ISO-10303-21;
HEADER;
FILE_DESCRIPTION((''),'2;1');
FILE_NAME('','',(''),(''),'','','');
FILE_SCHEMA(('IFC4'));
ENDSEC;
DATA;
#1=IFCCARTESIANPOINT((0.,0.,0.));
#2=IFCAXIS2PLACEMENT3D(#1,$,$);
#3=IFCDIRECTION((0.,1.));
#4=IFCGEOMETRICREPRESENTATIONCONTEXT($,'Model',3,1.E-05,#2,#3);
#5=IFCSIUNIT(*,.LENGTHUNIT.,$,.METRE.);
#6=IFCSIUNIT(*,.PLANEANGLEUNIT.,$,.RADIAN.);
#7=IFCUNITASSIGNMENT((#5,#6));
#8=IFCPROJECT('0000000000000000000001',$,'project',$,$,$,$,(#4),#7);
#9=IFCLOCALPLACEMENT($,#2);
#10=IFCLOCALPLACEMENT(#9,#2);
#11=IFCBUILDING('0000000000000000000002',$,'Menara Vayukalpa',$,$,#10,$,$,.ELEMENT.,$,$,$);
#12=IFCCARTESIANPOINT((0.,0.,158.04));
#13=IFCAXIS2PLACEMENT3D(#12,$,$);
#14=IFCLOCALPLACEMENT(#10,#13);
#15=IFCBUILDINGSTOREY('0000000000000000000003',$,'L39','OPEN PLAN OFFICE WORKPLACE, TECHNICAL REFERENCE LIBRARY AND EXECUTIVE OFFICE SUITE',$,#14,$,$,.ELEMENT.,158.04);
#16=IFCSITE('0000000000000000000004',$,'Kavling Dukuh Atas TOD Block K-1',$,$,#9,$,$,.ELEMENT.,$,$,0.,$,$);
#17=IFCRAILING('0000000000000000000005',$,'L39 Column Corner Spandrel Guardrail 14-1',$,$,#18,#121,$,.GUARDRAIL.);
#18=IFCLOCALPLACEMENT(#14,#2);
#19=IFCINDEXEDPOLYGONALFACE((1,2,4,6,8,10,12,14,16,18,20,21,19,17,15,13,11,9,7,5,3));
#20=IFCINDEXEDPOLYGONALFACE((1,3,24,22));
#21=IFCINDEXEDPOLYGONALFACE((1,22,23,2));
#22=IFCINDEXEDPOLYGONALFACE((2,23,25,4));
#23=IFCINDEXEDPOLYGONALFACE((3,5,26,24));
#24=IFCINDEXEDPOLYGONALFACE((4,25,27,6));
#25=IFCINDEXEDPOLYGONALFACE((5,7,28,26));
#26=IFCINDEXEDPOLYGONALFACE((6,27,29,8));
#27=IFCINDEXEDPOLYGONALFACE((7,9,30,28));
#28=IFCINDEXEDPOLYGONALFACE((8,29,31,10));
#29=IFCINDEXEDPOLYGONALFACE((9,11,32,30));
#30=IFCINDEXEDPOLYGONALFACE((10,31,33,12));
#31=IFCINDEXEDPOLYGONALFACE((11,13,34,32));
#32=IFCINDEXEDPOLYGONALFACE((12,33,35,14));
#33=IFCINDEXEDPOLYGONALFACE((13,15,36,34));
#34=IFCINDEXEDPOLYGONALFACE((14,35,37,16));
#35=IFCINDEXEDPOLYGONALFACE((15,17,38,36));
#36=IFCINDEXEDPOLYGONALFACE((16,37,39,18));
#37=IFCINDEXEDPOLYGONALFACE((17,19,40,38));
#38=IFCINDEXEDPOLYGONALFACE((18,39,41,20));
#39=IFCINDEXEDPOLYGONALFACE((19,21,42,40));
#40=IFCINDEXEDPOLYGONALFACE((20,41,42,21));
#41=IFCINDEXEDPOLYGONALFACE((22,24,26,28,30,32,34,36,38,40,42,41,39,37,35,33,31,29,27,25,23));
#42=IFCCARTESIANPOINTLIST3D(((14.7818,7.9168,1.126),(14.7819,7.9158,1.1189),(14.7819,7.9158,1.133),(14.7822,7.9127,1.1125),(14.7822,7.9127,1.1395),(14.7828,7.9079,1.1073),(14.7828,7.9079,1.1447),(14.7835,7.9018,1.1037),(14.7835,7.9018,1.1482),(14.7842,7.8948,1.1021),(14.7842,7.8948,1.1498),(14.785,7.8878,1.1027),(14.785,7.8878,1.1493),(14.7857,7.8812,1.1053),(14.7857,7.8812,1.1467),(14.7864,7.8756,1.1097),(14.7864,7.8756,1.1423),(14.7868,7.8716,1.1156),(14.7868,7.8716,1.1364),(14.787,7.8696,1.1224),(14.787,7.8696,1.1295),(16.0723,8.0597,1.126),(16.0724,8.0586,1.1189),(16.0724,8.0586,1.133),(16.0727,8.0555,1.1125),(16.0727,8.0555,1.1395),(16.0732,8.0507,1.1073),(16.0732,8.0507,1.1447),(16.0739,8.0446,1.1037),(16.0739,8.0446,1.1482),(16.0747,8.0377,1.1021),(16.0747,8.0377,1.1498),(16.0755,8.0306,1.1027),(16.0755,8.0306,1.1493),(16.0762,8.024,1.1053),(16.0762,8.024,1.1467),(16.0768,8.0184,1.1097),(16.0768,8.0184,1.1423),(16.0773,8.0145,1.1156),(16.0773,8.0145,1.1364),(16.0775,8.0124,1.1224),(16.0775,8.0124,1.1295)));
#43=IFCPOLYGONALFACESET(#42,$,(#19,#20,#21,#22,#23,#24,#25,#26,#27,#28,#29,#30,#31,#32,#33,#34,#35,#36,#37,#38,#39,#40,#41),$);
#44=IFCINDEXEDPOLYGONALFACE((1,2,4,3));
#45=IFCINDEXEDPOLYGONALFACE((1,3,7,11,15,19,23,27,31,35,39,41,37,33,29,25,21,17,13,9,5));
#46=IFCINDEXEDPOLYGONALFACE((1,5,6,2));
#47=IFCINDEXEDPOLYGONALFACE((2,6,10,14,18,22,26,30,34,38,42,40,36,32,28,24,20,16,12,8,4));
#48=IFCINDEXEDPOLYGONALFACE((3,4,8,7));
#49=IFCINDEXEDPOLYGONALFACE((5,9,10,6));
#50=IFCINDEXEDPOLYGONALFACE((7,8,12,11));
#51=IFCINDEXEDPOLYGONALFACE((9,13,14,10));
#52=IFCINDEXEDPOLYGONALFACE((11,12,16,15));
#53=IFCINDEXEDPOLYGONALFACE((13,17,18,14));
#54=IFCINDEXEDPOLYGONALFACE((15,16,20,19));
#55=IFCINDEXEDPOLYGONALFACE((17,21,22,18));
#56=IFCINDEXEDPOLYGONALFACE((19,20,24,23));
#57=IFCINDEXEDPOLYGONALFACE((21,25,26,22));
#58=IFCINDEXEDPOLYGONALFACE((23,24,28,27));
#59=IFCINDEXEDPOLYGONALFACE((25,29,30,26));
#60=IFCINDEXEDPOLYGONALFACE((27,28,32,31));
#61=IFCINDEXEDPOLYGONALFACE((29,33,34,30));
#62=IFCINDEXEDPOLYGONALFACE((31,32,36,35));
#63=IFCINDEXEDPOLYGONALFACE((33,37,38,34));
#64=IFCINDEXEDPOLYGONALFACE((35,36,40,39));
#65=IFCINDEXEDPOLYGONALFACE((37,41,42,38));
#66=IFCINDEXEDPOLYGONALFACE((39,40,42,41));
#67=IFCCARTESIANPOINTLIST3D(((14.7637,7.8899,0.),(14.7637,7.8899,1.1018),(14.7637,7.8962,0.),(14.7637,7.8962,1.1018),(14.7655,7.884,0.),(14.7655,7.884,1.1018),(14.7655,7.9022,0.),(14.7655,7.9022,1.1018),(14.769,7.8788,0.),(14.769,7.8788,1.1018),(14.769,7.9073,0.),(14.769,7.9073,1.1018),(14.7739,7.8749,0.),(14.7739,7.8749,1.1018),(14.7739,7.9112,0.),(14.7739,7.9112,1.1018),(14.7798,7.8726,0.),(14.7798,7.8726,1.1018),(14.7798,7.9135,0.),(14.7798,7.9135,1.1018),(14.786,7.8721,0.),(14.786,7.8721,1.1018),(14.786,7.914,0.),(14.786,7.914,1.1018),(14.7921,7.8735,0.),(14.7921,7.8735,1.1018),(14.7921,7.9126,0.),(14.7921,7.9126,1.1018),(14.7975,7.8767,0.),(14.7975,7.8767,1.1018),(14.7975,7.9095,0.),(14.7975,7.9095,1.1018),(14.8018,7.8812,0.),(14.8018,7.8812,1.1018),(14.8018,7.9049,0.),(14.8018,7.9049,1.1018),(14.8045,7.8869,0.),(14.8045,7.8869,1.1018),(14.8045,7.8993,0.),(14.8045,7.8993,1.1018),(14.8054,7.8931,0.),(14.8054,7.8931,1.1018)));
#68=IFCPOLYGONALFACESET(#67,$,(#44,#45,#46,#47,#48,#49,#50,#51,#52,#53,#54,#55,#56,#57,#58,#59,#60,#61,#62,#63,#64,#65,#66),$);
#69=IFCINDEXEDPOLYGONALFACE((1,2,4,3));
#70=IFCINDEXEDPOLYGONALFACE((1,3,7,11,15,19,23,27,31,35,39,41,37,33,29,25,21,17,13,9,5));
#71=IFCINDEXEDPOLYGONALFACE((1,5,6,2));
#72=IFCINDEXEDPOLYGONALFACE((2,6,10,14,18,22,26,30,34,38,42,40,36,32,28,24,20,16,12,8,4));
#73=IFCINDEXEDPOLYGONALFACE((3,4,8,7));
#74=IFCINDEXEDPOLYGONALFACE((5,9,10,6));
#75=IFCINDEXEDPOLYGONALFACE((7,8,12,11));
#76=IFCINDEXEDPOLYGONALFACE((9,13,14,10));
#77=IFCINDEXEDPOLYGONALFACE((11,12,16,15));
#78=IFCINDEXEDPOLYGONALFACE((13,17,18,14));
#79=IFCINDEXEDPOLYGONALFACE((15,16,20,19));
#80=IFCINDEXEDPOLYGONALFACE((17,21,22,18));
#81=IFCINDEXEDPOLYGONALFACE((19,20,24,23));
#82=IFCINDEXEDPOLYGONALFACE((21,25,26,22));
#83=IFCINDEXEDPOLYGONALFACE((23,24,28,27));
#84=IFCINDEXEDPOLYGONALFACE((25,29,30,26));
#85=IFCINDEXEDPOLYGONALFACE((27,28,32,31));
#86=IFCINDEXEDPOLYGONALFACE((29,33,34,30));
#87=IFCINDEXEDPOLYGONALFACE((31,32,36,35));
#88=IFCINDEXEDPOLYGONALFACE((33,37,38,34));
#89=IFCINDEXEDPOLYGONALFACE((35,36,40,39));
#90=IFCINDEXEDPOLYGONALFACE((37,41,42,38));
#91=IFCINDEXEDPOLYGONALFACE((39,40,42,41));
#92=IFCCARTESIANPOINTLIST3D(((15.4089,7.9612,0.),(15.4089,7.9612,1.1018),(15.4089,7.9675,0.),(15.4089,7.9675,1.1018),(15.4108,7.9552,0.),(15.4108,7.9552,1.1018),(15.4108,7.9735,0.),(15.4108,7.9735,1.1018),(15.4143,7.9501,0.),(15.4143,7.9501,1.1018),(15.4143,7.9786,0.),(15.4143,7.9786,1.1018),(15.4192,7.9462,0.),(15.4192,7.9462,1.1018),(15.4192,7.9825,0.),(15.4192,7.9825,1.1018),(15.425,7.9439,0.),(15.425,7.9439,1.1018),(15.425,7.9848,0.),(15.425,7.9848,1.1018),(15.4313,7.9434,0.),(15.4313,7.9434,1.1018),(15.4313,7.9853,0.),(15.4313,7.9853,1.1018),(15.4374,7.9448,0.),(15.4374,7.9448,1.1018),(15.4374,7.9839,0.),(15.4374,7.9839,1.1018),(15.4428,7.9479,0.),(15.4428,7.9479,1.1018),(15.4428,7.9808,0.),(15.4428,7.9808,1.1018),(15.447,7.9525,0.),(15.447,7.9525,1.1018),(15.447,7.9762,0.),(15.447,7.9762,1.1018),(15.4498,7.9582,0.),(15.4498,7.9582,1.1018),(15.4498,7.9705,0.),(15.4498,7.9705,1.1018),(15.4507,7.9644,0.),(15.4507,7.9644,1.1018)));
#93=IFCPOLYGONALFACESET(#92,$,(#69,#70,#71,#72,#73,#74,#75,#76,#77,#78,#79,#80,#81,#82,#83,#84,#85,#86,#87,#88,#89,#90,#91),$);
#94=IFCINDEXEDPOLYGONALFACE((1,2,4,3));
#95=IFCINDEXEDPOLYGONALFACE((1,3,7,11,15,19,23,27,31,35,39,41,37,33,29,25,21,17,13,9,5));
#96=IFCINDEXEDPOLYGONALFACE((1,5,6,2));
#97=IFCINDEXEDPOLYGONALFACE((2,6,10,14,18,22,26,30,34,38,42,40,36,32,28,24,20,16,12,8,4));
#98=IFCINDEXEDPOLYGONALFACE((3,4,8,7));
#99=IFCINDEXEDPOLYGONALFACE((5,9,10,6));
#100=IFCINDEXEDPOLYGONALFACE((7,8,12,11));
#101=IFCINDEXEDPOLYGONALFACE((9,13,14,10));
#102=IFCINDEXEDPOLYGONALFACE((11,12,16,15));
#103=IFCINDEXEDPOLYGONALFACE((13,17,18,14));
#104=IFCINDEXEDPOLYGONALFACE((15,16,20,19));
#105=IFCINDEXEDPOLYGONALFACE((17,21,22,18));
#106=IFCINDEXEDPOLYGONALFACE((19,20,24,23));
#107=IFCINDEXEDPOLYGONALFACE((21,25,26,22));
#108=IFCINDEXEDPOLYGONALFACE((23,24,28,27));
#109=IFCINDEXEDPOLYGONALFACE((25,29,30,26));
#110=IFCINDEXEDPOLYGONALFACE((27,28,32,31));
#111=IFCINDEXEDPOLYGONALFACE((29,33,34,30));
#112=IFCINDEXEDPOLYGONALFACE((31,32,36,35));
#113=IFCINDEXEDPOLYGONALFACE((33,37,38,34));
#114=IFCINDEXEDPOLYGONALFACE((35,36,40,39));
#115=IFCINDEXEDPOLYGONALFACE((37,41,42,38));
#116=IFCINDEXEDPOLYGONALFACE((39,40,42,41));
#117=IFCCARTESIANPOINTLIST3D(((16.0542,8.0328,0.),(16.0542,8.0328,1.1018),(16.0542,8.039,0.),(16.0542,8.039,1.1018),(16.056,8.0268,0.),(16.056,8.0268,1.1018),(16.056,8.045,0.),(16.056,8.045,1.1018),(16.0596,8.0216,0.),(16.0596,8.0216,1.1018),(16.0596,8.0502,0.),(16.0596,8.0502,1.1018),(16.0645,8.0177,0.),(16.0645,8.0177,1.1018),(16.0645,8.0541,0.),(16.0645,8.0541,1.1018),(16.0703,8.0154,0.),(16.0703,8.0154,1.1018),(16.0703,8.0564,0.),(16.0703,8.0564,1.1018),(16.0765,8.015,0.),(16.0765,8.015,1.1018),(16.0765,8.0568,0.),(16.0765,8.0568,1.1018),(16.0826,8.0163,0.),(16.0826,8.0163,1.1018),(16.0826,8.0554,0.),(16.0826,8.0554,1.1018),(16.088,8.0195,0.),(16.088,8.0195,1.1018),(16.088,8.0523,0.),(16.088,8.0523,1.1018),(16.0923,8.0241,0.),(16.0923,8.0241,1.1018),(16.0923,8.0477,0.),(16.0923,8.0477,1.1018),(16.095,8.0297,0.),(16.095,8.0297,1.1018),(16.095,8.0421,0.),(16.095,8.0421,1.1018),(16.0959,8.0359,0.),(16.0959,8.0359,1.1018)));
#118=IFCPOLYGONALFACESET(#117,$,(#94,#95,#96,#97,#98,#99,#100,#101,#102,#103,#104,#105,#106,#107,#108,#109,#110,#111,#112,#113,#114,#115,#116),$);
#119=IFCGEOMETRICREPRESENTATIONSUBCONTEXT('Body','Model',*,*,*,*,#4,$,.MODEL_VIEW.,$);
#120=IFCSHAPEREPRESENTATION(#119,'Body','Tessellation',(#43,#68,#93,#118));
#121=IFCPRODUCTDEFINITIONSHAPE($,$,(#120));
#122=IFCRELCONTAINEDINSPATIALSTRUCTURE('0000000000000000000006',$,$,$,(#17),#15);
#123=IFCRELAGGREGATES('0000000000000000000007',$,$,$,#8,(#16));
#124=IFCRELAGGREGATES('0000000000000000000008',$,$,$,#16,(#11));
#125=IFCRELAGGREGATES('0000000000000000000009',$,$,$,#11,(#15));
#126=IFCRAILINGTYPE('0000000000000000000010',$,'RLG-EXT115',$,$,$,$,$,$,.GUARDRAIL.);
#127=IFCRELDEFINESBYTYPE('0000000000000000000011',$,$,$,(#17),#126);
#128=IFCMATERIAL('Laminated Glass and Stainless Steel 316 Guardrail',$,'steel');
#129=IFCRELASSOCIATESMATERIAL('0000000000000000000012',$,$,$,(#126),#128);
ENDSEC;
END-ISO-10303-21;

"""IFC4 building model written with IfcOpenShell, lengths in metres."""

from ifc_helpers import new_model, si_unit, direction, frame, origin, origin_2d, place, context, subcontext, project, spatial, circle, extrude, material, type_object, element, save


model = new_model("IFC4")

# Units and contexts
model_context = context("Model", 3, precision=1e-05, world=origin(), true_north=direction((0.0, 1.0)))
body_context = subcontext(model_context, "Body", "Model", "MODEL_VIEW")
ifc_project = project(units=[si_unit("LENGTHUNIT", "METRE"), si_unit("PLANEANGLEUNIT", "RADIAN")], contexts=[model_context])

# Site, building, storey
site_placement = place(None, origin())
site = spatial("IfcSite", under=ifc_project, at=site_placement, Name="Kavling Dukuh Atas TOD Block K-1", CompositionType="ELEMENT", RefElevation=0.0)
building_placement = place(site_placement, origin())
building = spatial("IfcBuilding", under=site, at=building_placement, Name="Menara Vayukalpa", CompositionType="ELEMENT")
storey_placement = place(building_placement, frame((0.0, 0.0, 158.04)))
storey = spatial("IfcBuildingStorey", under=building, at=storey_placement, Name="L39", Description="OPEN PLAN OFFICE WORKPLACE, TECHNICAL REFERENCE LIBRARY AND EXECUTIVE OFFICE SUITE", CompositionType="ELEMENT", Elevation=158.04)

# Railing
ifc_material_1 = material(Name="Laminated Glass and Stainless Steel 316 Guardrail", Category="steel")
railing_type = type_object("IfcRailingType", Name="RLG-EXT115", PredefinedType="GUARDRAIL", material=ifc_material_1)
railing_1_placement = place(storey_placement, frame((14.7844, 7.8931, 0.0)))
element("IfcRailing", 1, at=railing_1_placement, inside=storey, type_object=railing_type, Name="L39 Column Corner Spandrel Guardrail 14-1", PredefinedType="GUARDRAIL", context=body_context, shape_type="SweptSolid", body=[
    extrude(circle(Radius=0.0239, at=origin_2d()), frame((0.0, 0.0, 1.126), z_axis=(0.993932, 0.109998, 0.0), x_axis=(-0.109998, 0.993932, 0.0)), (0.0, 0.0, 1.0), 1.2983),
    extrude(circle(Radius=0.021, at=origin_2d()), origin(), (0.0, 0.0, 1.0), 1.1018),
    extrude(circle(Radius=0.021, at=origin_2d()), frame((0.6453, 0.0713, 0.0)), (0.0, 0.0, 1.0), 1.1018),
    extrude(circle(Radius=0.021, at=origin_2d()), frame((1.2905, 0.1428, 0.0)), (0.0, 0.0, 1.0), 1.1018),
])

save(model, "model.ifc")
